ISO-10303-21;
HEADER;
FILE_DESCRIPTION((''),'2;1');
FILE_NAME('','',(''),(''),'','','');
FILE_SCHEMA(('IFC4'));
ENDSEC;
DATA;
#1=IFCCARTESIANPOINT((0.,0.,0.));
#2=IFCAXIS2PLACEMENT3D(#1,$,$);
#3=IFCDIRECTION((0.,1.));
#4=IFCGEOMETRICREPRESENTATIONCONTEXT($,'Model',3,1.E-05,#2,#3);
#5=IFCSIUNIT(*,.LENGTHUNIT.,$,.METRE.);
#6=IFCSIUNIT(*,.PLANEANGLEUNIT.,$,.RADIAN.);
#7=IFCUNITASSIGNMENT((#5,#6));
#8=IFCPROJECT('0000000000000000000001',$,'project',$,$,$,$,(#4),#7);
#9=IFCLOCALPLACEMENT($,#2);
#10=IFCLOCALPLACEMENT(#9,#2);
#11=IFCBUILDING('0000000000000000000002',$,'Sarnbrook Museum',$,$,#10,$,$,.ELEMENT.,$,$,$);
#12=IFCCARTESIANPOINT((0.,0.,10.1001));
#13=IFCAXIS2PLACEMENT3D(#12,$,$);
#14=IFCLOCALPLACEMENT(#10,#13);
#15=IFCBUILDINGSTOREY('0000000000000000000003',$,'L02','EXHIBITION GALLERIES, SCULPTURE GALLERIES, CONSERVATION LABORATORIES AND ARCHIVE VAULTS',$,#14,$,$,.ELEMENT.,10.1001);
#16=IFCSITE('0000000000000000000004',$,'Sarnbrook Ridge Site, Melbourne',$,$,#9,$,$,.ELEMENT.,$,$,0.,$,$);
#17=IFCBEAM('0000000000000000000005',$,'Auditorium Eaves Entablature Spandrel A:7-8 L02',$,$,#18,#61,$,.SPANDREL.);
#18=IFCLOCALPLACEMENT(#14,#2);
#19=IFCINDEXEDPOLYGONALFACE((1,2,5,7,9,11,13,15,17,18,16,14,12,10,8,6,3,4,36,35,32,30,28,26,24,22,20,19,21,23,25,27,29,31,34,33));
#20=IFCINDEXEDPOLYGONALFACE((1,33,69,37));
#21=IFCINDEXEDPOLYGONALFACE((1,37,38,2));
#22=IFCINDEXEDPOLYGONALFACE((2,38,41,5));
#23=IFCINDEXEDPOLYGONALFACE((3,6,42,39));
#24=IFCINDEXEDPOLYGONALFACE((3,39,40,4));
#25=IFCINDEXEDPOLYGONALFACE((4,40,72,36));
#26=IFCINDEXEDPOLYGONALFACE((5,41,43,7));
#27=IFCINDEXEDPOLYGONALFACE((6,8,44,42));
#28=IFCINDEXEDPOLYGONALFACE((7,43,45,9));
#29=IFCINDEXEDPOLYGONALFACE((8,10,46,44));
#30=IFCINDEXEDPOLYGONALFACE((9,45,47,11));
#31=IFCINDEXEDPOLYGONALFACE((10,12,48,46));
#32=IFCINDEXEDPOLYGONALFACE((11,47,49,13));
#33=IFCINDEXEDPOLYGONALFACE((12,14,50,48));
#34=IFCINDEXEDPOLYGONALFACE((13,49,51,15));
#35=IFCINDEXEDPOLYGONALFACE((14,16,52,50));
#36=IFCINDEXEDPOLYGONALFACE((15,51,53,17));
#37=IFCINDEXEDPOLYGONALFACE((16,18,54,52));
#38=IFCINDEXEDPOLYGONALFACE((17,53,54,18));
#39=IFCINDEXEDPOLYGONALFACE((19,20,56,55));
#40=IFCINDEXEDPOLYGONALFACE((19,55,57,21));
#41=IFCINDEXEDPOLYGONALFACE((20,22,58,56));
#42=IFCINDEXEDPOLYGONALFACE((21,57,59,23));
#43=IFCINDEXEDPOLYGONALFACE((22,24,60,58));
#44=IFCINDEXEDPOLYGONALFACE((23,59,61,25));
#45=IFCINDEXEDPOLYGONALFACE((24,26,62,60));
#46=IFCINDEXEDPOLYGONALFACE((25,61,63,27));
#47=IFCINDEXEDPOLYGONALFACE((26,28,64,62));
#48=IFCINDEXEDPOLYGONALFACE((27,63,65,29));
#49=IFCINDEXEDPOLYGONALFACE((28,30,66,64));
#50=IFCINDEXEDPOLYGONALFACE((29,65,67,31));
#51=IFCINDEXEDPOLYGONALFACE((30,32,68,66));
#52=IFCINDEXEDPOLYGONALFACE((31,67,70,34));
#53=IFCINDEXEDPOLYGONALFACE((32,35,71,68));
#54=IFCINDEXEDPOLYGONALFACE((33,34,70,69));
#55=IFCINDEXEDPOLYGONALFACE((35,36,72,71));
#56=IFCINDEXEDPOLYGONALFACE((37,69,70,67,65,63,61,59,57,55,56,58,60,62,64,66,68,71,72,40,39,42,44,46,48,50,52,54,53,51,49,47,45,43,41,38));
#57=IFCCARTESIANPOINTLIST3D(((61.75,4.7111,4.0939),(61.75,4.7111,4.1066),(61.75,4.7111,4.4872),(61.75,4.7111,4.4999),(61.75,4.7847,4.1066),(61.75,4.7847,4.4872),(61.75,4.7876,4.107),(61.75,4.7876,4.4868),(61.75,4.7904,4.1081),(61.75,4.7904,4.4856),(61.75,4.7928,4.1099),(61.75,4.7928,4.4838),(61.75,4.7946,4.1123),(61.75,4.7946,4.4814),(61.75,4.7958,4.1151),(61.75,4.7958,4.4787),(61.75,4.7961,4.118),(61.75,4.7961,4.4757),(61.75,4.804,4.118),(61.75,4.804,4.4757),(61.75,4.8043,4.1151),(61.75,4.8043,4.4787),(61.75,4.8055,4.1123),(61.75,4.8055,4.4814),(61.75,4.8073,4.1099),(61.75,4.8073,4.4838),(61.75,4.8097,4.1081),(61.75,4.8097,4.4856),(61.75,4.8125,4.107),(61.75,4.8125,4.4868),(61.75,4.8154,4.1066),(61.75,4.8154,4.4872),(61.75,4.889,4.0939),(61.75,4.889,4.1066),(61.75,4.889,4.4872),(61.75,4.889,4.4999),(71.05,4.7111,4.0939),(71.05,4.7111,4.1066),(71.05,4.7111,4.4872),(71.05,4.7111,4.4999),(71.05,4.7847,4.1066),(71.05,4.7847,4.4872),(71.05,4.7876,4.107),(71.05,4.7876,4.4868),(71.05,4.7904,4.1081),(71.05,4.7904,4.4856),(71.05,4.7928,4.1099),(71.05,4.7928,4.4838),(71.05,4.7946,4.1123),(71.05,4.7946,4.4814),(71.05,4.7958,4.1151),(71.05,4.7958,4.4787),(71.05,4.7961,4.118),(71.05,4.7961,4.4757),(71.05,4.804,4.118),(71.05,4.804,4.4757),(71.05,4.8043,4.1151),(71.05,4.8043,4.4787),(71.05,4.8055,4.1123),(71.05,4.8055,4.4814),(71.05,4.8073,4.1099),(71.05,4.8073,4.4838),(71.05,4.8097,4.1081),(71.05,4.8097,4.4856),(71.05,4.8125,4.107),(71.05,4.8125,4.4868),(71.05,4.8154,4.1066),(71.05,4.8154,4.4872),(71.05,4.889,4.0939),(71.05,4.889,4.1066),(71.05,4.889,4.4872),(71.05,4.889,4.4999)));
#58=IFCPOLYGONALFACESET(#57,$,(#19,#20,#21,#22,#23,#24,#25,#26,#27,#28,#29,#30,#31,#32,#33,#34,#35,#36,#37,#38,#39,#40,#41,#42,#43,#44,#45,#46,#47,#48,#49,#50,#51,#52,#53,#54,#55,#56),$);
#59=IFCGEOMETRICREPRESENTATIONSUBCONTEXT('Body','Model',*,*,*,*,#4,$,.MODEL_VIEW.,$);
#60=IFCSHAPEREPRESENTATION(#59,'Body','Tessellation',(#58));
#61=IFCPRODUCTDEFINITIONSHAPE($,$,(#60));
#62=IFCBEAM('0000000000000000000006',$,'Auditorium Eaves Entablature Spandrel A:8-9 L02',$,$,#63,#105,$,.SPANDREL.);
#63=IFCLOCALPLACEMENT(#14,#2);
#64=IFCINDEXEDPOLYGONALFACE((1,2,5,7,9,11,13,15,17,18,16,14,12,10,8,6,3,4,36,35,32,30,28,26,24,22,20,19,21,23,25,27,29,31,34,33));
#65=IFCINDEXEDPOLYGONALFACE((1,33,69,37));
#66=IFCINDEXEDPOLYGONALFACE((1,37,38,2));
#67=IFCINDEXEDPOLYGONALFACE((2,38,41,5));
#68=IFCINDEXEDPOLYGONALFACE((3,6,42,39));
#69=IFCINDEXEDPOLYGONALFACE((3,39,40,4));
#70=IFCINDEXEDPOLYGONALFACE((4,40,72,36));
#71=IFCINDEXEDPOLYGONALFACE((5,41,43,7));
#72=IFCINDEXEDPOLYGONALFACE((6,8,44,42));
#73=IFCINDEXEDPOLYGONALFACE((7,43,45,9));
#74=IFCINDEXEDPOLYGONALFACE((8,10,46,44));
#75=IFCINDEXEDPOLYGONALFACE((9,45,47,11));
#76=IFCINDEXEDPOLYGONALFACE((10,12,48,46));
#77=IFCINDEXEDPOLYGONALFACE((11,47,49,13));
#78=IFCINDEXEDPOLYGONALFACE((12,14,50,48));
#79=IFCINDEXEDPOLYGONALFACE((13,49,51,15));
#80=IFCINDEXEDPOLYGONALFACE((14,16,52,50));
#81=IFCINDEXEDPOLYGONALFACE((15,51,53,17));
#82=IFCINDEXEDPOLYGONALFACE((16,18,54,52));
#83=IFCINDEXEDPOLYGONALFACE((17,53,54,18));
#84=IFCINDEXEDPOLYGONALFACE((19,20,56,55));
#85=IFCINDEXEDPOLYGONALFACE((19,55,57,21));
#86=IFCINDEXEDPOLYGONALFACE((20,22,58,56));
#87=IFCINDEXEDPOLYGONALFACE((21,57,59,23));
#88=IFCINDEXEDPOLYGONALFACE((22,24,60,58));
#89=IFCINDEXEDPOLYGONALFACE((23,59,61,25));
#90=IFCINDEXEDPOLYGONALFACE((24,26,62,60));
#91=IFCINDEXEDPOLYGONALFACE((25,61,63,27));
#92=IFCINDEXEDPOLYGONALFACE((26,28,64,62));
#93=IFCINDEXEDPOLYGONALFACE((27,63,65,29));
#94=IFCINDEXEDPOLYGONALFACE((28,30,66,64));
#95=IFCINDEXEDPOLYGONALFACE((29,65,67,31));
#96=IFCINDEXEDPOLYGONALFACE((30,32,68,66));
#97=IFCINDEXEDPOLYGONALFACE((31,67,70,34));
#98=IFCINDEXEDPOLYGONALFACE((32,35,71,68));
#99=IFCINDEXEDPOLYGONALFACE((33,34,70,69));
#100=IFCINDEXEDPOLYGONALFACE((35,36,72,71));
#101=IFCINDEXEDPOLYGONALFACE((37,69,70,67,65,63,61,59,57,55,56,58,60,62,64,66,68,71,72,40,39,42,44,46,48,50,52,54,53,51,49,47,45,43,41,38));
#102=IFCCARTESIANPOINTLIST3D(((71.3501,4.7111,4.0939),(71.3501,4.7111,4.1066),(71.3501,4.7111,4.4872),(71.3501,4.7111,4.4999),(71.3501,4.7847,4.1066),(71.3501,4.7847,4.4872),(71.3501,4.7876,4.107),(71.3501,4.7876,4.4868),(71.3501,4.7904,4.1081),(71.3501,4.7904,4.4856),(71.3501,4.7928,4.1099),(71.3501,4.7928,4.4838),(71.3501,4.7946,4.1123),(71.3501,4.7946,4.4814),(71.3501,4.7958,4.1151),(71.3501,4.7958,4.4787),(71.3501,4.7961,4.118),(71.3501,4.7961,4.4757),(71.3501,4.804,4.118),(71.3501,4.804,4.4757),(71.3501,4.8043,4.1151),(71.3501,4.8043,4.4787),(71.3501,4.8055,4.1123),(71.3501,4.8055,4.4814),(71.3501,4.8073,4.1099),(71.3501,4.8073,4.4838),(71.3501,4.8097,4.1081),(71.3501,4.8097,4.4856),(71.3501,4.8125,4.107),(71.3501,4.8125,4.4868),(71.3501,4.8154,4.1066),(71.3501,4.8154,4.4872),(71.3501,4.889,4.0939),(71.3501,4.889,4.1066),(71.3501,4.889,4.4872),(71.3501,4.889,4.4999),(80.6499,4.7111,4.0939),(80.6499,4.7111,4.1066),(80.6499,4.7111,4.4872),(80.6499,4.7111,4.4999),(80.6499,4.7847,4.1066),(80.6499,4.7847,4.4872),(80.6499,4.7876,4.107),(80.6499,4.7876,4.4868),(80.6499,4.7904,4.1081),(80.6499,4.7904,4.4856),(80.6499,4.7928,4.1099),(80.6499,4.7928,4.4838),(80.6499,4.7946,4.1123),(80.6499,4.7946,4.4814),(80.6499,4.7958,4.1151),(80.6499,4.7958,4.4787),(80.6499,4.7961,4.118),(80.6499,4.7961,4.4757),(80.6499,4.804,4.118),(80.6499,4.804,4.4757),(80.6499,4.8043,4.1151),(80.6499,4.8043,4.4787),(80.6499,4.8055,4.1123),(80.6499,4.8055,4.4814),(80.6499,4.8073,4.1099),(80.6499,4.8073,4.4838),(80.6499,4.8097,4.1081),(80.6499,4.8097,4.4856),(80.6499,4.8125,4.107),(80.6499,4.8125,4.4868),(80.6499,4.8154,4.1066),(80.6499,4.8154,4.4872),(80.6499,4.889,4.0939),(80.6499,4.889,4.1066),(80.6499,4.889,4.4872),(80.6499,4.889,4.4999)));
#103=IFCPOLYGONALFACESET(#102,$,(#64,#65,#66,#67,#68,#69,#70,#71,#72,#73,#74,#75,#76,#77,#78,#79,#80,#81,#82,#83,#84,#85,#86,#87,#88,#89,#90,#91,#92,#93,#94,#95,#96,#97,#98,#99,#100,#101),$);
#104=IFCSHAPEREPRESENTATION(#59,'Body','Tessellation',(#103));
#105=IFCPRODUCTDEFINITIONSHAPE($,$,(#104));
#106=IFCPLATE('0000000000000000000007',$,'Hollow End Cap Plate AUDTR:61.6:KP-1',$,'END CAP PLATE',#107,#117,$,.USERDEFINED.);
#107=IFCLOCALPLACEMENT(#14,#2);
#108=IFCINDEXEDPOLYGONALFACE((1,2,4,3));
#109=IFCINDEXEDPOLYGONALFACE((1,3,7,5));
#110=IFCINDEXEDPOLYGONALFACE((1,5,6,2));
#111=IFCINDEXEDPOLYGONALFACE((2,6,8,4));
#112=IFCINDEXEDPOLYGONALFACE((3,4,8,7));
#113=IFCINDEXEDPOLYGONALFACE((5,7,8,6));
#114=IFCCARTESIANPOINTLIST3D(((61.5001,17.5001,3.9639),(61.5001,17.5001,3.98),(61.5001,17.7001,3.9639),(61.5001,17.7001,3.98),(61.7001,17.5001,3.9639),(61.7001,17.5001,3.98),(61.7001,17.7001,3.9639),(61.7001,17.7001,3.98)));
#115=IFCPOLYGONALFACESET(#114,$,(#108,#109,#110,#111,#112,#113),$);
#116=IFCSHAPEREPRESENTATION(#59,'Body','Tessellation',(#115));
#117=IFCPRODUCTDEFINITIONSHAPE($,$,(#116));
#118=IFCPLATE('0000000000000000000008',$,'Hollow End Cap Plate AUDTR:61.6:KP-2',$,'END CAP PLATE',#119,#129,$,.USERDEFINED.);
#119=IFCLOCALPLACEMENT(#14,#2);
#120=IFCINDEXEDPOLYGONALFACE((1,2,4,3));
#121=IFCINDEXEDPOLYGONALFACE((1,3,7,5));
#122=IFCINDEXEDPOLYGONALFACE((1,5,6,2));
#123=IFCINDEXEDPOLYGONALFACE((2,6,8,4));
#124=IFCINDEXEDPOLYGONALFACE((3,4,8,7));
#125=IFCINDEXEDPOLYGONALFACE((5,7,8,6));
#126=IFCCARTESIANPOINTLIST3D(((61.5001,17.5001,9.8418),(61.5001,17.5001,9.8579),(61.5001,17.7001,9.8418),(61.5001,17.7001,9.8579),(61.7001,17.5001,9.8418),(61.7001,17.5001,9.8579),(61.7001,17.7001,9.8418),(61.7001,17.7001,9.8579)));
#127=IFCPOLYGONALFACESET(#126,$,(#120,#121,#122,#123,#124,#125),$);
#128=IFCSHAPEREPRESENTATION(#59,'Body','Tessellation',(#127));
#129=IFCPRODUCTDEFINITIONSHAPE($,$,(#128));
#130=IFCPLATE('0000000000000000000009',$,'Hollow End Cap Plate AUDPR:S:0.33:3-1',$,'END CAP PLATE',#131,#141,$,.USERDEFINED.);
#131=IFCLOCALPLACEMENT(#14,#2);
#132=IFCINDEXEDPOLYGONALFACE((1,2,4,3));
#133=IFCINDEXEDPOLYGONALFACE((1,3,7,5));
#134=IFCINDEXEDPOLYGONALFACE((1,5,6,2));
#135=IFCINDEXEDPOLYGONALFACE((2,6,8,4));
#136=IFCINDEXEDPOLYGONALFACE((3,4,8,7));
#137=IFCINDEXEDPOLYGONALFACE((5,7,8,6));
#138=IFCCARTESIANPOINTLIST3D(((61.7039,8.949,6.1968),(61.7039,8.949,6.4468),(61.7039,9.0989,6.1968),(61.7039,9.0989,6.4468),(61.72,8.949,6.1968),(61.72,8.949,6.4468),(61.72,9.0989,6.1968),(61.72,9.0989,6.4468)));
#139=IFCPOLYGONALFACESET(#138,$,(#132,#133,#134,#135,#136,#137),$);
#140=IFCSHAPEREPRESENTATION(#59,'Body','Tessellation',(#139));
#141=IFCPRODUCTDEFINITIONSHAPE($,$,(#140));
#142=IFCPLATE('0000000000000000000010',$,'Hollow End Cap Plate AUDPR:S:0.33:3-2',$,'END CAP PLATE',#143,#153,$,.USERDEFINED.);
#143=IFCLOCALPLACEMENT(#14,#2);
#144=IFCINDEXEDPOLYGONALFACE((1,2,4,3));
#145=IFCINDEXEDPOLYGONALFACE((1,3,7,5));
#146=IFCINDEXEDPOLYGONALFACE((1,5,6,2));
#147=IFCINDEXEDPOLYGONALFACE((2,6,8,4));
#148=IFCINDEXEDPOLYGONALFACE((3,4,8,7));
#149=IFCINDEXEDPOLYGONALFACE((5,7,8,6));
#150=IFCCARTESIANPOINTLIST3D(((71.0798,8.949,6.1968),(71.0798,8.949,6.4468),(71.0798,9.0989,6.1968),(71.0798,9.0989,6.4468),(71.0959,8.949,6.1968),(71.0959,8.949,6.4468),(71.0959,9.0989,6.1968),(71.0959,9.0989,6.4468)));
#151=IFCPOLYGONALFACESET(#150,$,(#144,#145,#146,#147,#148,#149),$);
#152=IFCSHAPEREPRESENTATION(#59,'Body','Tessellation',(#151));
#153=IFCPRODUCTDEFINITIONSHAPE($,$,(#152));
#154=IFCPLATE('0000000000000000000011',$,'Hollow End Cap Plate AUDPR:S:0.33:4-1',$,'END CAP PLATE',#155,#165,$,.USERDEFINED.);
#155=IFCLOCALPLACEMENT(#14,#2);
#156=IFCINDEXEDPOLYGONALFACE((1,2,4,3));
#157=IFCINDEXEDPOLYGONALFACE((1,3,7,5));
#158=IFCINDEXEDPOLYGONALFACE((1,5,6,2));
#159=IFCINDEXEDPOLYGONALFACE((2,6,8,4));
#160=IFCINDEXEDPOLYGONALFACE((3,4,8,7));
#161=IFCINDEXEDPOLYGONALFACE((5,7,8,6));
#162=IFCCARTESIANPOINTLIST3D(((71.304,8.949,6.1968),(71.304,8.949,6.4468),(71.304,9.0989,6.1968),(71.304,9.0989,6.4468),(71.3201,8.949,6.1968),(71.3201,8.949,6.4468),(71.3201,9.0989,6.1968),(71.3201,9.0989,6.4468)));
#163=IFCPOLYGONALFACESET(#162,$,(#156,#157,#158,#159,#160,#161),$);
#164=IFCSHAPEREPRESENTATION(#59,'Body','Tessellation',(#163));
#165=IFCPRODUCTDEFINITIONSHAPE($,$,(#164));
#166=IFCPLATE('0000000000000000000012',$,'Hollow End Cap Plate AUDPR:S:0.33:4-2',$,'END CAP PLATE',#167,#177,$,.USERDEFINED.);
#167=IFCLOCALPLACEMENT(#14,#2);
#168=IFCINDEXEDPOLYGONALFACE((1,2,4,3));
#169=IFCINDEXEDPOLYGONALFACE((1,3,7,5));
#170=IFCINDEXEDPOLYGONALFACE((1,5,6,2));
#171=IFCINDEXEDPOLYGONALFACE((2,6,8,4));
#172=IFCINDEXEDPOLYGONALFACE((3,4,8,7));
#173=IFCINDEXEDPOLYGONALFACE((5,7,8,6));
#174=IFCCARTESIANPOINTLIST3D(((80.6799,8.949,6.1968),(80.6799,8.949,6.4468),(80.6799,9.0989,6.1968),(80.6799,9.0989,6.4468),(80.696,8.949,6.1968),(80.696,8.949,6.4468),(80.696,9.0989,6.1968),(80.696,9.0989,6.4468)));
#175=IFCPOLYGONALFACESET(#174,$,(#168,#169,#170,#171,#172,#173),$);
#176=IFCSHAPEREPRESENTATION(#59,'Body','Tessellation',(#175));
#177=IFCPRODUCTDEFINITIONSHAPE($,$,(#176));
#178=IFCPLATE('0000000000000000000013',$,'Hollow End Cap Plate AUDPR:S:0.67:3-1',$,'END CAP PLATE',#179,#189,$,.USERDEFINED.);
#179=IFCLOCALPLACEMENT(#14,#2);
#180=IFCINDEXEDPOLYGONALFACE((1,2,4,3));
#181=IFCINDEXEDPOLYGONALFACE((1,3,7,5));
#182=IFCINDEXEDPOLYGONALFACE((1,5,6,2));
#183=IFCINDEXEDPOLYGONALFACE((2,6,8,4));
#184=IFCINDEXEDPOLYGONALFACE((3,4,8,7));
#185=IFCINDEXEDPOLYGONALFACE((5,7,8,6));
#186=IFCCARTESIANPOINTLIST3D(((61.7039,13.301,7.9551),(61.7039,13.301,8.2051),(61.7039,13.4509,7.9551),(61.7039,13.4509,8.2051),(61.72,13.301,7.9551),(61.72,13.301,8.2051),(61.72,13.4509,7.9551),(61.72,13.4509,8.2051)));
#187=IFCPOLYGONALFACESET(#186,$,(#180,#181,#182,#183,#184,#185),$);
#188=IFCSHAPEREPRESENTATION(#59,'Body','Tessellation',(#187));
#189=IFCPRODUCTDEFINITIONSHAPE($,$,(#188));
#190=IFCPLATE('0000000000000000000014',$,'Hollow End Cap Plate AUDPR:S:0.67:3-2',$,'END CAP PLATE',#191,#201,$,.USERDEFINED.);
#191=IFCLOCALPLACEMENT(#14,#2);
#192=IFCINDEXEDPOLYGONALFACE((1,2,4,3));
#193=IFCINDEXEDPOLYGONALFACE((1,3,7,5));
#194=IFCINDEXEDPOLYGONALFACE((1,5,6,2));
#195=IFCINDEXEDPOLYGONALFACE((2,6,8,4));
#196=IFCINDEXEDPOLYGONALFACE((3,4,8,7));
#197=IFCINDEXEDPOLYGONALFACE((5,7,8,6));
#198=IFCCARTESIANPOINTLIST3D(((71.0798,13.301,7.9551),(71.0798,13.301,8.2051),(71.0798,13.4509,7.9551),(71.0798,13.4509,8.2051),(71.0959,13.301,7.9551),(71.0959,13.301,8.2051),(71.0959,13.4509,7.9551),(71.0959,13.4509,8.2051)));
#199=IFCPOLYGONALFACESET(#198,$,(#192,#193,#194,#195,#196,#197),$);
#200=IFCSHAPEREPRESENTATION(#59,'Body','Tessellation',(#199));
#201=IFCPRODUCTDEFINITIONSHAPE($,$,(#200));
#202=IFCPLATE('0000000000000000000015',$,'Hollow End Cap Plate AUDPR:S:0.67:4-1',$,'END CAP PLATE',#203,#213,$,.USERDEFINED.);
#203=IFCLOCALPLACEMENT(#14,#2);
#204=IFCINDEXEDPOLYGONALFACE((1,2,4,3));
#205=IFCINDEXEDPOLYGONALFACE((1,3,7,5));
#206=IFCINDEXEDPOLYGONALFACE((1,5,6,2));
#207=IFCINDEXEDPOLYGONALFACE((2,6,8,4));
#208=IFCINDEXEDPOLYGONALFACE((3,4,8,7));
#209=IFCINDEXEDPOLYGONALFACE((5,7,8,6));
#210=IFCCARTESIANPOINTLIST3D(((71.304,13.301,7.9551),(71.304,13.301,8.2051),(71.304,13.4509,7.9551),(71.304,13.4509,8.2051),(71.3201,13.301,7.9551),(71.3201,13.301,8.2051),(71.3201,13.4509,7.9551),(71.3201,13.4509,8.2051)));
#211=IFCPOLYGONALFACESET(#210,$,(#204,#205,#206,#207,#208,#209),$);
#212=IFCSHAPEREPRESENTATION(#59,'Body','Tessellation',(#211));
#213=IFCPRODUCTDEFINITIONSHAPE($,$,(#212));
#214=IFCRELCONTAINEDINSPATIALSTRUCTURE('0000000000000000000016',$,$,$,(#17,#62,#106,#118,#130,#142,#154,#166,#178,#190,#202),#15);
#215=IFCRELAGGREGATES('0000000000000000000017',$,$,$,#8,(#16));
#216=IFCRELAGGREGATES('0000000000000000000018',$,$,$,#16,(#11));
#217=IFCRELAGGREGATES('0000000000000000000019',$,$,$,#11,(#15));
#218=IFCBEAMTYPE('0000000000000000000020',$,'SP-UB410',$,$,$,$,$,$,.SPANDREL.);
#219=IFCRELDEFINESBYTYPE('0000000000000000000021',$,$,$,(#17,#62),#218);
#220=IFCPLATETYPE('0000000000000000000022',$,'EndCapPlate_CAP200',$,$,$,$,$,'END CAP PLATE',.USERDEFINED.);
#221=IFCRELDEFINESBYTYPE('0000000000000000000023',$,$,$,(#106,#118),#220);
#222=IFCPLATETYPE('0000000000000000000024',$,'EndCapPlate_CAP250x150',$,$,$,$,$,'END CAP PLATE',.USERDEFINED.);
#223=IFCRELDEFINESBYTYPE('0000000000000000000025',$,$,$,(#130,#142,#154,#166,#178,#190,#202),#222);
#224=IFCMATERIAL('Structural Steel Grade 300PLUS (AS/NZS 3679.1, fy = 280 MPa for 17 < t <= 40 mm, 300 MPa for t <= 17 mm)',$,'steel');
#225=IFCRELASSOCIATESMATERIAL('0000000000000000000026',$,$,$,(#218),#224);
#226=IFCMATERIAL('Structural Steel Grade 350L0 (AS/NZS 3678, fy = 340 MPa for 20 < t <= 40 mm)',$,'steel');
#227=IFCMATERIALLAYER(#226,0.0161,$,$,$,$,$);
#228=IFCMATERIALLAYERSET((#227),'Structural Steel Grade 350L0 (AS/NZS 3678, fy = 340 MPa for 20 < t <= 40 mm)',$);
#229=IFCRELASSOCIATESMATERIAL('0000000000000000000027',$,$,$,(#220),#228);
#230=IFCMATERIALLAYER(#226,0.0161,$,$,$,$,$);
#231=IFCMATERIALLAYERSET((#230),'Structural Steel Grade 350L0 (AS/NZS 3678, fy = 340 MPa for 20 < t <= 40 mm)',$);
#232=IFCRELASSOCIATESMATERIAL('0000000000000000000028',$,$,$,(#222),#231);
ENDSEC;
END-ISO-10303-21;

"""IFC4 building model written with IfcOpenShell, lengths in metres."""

from ifc_helpers import new_model, si_unit, direction, frame, origin, origin_2d, place, context, subcontext, project, spatial, rectangle, i_section, extrude, material, layer, layer_set, material_profile, profile_set, type_object, element, save


model = new_model("IFC4")

# Units and contexts
model_context = context("Model", 3, precision=1e-05, world=origin(), true_north=direction((0.0, 1.0)))
body_context = subcontext(model_context, "Body", "Model", "MODEL_VIEW")
ifc_project = project(units=[si_unit("LENGTHUNIT", "METRE"), si_unit("PLANEANGLEUNIT", "RADIAN")], contexts=[model_context])

# Site, building, storey
site_placement = place(None, origin())
site = spatial("IfcSite", under=ifc_project, at=site_placement, Name="Sarnbrook Ridge Site, Melbourne", CompositionType="ELEMENT", RefElevation=0.0)
building_placement = place(site_placement, origin())
building = spatial("IfcBuilding", under=site, at=building_placement, Name="Sarnbrook Museum", CompositionType="ELEMENT")
storey_placement = place(building_placement, frame((0.0, 0.0, 10.1001)))
storey = spatial("IfcBuildingStorey", under=building, at=storey_placement, Name="L02", Description="EXHIBITION GALLERIES, SCULPTURE GALLERIES, CONSERVATION LABORATORIES AND ARCHIVE VAULTS", CompositionType="ELEMENT", Elevation=10.1001)

# Shared definitions
ifc_material_1 = material(Name="Structural Steel Grade 300PLUS (AS/NZS 3679.1, fy = 280 MPa for 17 < t <= 40 mm, 300 MPa for t <= 17 mm)", Category="steel")

# Shared definitions
ifc_material_2 = material(Name="Structural Steel Grade 350L0 (AS/NZS 3678, fy = 340 MPa for 20 < t <= 40 mm)", Category="steel")

# Beams
ifc_material_profile_1 = material_profile(ifc_material_1, i_section(OverallWidth=0.178, OverallDepth=0.406, WebThickness=0.0078, FlangeThickness=0.0127, FilletRadius=0.0115, at=origin_2d()), Name="410UB59.7")
ifc_profile_set_1 = profile_set([ifc_material_profile_1], Name="Structural Steel Grade 300PLUS (AS/NZS 3679.1, fy = 280 MPa for 17 < t <= 40 mm, 300 MPa for t <= 17 mm)")
beam_type_1 = type_object("IfcBeamType", Name="SP-UB410", PredefinedType="SPANDREL", material=ifc_profile_set_1)
beam_1_placement = place(storey_placement, frame((61.75, 4.8, 4.2969), z_axis=(1.0, 0.0, 0.0), x_axis=(0.0, 1.0, 0.0)))
element("IfcBeam", 1, at=beam_1_placement, inside=storey, type_object=beam_type_1, Name="Auditorium Eaves Entablature Spandrel A:7-8 L02", PredefinedType="SPANDREL", context=body_context, shape_type="SweptSolid", body=[
    extrude(i_section(OverallWidth=0.178, OverallDepth=0.406, WebThickness=0.0078, FlangeThickness=0.0127, FilletRadius=0.0115, at=origin_2d()), origin(), (0.0, 0.0, 1.0), 9.3),
])
beam_2_placement = place(storey_placement, frame((71.3501, 4.8, 4.2969), z_axis=(1.0, 0.0, 0.0), x_axis=(0.0, 1.0, 0.0)))
element("IfcBeam", 2, at=beam_2_placement, inside=storey, type_object=beam_type_1, Name="Auditorium Eaves Entablature Spandrel A:8-9 L02", PredefinedType="SPANDREL", context=body_context, shape_type="SweptSolid", body=[
    extrude(i_section(OverallWidth=0.178, OverallDepth=0.406, WebThickness=0.0078, FlangeThickness=0.0127, FilletRadius=0.0115, at=origin_2d()), origin(), (0.0, 0.0, 1.0), 9.2998),
])

# Plates
ifc_layer_1 = layer(ifc_material_2, 0.0161)
ifc_layer_set_1 = layer_set([ifc_layer_1], Name="Structural Steel Grade 350L0 (AS/NZS 3678, fy = 340 MPa for 20 < t <= 40 mm)")
plate_type_1 = type_object("IfcPlateType", Name="EndCapPlate_CAP200", ElementType="END CAP PLATE", PredefinedType="USERDEFINED", material=ifc_layer_set_1)
for number, where, z_axis, x_axis, name in (
    (3, (61.6001, 17.6001, 3.9639), (0.0, 0.0, 1.0), (1.0, 0.0, 0.0), "Hollow End Cap Plate AUDTR:61.6:KP-1"),
    (4, (61.6001, 17.6001, 9.8418), (0.0, 0.0, 1.0), (1.0, 0.0, 0.0), "Hollow End Cap Plate AUDTR:61.6:KP-2"),
):
    element("IfcPlate", number, at=place(storey_placement, frame(where, z_axis=z_axis, x_axis=x_axis)), inside=storey, type_object=plate_type_1, Name=name, ObjectType="END CAP PLATE", PredefinedType="USERDEFINED", context=body_context, shape_type="SweptSolid", body=[
        extrude(rectangle(XDim=0.2, YDim=0.2, at=origin_2d()), origin(), (0.0, 0.0, 1.0), 0.0161),
    ])
ifc_layer_2 = layer(ifc_material_2, 0.0161)
ifc_layer_set_2 = layer_set([ifc_layer_2], Name="Structural Steel Grade 350L0 (AS/NZS 3678, fy = 340 MPa for 20 < t <= 40 mm)")
plate_type_2 = type_object("IfcPlateType", Name="EndCapPlate_CAP250x150", ElementType="END CAP PLATE", PredefinedType="USERDEFINED", material=ifc_layer_set_2)
for number, where, z_axis, x_axis, name in (
    (5, (61.7039, 9.0239, 6.3218), (1.0, 0.0, 0.0), (0.0, 1.0, 0.0), "Hollow End Cap Plate AUDPR:S:0.33:3-1"),
    (6, (71.0798, 9.0239, 6.3218), (1.0, 0.0, 0.0), (0.0, 1.0, 0.0), "Hollow End Cap Plate AUDPR:S:0.33:3-2"),
    (7, (71.304, 9.0239, 6.3218), (1.0, 0.0, 0.0), (0.0, 1.0, 0.0), "Hollow End Cap Plate AUDPR:S:0.33:4-1"),
    (8, (80.6799, 9.0239, 6.3218), (1.0, 0.0, 0.0), (0.0, 1.0, 0.0), "Hollow End Cap Plate AUDPR:S:0.33:4-2"),
    (9, (61.7039, 13.376, 8.0801), (1.0, 0.0, 0.0), (0.0, 1.0, 0.0), "Hollow End Cap Plate AUDPR:S:0.67:3-1"),
    (10, (71.0798, 13.376, 8.0801), (1.0, 0.0, 0.0), (0.0, 1.0, 0.0), "Hollow End Cap Plate AUDPR:S:0.67:3-2"),
    (11, (71.304, 13.376, 8.0801), (1.0, 0.0, 0.0), (0.0, 1.0, 0.0), "Hollow End Cap Plate AUDPR:S:0.67:4-1"),
):
    element("IfcPlate", number, at=place(storey_placement, frame(where, z_axis=z_axis, x_axis=x_axis)), inside=storey, type_object=plate_type_2, Name=name, ObjectType="END CAP PLATE", PredefinedType="USERDEFINED", context=body_context, shape_type="SweptSolid", body=[
        extrude(rectangle(XDim=0.1499, YDim=0.25, at=origin_2d()), origin(), (0.0, 0.0, 1.0), 0.0161),
    ])

save(model, "model.ifc")
